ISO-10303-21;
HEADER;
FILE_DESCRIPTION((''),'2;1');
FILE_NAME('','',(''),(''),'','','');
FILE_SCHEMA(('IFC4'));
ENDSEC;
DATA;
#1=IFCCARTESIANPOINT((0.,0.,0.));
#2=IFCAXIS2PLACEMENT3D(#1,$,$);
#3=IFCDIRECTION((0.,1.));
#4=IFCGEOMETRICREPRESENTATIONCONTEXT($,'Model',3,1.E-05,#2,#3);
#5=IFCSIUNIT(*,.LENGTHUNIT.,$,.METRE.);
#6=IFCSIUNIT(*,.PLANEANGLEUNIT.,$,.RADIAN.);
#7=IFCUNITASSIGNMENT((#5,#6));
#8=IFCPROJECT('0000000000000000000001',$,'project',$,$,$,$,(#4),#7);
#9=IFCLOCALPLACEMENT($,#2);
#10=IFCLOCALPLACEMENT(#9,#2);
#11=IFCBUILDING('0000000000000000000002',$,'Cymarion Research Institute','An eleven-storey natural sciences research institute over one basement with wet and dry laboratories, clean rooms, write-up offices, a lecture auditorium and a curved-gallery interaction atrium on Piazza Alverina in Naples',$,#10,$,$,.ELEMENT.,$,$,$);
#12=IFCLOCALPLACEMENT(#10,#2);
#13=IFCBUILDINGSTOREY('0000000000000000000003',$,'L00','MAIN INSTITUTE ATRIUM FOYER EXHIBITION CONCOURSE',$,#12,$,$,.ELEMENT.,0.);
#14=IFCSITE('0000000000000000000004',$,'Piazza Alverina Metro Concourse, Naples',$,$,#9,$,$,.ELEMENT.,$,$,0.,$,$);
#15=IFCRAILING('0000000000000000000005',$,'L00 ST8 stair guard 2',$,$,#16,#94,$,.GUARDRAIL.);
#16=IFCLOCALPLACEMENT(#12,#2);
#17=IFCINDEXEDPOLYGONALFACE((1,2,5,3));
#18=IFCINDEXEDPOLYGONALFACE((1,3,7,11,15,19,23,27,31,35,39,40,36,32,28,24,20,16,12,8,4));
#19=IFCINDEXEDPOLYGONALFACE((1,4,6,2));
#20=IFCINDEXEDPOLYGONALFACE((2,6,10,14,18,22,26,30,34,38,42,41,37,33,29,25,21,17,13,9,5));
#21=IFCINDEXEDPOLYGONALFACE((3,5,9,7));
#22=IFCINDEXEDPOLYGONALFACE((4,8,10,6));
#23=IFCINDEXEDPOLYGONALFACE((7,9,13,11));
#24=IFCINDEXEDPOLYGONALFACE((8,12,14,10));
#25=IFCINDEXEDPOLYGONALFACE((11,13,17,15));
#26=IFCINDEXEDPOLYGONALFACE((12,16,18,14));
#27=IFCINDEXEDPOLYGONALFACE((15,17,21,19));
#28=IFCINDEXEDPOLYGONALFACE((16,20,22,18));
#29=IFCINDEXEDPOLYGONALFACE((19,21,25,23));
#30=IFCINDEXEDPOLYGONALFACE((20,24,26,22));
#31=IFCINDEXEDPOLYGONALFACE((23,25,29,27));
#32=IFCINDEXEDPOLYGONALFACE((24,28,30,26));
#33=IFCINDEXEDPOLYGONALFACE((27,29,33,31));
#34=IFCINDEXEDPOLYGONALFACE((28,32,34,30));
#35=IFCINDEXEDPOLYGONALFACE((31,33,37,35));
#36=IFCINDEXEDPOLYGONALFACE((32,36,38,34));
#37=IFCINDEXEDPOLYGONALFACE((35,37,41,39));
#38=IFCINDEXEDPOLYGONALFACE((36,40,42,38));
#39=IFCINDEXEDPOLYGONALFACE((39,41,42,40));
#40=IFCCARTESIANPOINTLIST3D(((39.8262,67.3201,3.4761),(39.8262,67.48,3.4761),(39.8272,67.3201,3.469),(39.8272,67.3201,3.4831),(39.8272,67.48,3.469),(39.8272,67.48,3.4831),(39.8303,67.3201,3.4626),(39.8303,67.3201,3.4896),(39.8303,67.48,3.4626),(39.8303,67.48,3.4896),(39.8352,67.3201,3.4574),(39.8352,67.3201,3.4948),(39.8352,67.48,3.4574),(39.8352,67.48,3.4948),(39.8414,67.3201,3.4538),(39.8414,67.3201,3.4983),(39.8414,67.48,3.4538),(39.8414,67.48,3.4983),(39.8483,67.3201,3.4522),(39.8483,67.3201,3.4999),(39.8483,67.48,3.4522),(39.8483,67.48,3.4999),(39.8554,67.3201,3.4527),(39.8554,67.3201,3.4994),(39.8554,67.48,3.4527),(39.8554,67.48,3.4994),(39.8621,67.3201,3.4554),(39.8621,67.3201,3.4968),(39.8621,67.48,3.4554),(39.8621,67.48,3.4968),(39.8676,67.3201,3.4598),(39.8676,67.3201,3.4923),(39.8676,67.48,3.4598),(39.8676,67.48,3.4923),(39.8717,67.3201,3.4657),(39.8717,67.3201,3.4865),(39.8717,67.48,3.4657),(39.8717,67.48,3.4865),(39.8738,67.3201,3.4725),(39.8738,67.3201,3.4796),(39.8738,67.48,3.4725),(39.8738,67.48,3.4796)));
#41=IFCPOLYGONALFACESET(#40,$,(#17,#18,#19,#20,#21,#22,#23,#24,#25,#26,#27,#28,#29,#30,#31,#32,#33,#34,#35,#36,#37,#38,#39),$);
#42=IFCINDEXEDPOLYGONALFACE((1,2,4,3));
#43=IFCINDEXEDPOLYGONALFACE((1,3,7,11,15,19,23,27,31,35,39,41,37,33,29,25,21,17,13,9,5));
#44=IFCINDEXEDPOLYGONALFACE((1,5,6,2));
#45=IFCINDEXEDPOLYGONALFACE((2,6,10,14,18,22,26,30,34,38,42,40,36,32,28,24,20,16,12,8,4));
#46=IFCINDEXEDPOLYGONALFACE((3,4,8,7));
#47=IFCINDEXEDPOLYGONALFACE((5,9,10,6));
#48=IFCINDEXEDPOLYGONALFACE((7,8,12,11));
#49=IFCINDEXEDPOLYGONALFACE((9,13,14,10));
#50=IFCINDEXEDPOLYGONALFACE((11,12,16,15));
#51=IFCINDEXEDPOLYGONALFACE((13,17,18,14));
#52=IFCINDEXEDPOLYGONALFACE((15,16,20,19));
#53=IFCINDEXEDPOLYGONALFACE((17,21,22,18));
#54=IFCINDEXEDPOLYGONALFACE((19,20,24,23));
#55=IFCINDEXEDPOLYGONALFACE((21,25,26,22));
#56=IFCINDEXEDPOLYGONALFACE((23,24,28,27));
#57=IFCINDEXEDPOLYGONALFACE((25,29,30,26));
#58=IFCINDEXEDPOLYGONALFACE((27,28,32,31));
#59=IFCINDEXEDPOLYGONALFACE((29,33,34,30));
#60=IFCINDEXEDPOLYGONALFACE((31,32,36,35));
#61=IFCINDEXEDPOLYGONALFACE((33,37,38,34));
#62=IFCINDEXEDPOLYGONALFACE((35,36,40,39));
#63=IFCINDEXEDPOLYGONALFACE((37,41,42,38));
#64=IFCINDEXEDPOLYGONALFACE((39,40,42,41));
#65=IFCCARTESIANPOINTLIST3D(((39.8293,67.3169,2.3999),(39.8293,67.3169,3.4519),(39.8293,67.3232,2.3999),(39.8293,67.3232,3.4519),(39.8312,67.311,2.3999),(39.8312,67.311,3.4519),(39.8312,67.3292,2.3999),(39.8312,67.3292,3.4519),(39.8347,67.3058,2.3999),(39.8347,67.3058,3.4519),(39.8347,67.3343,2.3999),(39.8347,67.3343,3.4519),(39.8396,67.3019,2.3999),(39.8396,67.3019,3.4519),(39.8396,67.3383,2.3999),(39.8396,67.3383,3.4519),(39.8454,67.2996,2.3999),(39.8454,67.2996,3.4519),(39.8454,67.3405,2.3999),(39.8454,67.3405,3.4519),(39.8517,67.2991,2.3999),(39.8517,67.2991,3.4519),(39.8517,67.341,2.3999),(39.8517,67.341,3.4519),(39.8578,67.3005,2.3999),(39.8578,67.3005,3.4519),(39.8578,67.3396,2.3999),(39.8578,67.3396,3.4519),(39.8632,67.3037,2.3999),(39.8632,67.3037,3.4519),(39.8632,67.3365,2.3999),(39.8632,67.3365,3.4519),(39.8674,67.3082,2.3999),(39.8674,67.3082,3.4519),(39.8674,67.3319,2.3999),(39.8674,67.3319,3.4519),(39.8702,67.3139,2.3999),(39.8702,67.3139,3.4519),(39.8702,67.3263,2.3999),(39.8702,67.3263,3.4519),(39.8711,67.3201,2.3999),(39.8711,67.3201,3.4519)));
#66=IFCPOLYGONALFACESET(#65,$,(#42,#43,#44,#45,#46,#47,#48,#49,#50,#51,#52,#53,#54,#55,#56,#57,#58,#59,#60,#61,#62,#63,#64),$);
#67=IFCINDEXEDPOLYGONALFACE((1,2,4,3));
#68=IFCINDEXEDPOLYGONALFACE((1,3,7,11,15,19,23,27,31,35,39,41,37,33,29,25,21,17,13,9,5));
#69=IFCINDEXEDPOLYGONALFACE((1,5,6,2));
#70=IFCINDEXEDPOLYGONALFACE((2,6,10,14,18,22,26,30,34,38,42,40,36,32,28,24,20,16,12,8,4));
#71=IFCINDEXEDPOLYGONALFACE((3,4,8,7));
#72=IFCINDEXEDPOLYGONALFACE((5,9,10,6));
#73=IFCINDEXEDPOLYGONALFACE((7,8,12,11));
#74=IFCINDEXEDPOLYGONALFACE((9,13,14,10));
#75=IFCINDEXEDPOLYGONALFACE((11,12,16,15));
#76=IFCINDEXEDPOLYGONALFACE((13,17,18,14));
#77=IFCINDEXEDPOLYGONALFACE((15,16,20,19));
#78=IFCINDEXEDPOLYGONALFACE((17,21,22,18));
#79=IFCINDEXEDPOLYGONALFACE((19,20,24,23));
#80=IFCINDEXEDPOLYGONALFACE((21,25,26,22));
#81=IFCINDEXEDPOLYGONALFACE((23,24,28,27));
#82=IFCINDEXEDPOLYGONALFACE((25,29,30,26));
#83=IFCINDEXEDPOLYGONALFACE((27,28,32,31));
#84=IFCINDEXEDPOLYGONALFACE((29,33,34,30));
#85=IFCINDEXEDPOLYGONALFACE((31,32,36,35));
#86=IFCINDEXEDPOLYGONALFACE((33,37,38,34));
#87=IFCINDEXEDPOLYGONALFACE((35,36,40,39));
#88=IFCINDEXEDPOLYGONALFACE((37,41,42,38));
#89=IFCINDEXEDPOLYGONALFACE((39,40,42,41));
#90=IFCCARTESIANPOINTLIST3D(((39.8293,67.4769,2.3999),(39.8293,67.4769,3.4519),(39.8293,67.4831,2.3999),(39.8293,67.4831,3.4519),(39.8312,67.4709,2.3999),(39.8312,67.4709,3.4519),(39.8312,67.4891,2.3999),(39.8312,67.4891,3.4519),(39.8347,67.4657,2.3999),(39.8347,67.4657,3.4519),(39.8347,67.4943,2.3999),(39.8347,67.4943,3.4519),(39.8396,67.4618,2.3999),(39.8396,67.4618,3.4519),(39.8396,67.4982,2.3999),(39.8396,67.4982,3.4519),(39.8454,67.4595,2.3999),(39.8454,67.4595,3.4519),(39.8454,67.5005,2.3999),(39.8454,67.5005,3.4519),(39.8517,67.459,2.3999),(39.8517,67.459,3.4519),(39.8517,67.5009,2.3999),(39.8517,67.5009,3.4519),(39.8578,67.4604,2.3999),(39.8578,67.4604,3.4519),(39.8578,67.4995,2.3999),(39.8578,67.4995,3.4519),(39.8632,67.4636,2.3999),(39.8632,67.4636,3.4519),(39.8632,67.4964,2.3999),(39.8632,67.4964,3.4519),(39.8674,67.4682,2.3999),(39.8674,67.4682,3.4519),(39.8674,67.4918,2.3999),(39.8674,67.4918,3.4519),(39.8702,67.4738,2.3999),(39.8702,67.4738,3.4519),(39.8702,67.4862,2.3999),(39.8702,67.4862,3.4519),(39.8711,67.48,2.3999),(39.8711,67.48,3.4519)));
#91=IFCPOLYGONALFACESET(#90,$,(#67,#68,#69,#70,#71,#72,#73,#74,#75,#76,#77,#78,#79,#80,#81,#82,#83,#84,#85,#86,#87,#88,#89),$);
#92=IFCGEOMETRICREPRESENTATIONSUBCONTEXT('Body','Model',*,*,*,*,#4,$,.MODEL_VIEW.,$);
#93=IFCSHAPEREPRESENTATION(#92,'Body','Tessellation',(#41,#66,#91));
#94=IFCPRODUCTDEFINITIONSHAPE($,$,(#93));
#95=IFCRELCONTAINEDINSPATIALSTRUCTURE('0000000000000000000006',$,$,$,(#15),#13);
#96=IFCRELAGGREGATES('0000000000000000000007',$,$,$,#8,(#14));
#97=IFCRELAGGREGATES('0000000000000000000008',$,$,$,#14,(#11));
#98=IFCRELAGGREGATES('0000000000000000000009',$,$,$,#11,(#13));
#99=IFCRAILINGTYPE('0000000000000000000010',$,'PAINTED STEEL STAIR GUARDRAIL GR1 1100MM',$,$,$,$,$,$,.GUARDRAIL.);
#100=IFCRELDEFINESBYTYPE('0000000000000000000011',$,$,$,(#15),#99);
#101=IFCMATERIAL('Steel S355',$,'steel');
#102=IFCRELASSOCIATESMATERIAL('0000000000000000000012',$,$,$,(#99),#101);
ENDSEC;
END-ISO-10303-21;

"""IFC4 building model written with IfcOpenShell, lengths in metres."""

from ifc_helpers import new_model, si_unit, direction, frame, origin, origin_2d, place, context, subcontext, project, spatial, circle, extrude, material, type_object, element, save


model = new_model("IFC4")

# Units and contexts
model_context = context("Model", 3, precision=1e-05, world=origin(), true_north=direction((0.0, 1.0)))
body_context = subcontext(model_context, "Body", "Model", "MODEL_VIEW")
ifc_project = project(units=[si_unit("LENGTHUNIT", "METRE"), si_unit("PLANEANGLEUNIT", "RADIAN")], contexts=[model_context])

# Site, building, storey
site_placement = place(None, origin())
site = spatial("IfcSite", under=ifc_project, at=site_placement, Name="Piazza Alverina Metro Concourse, Naples", CompositionType="ELEMENT", RefElevation=0.0)
building_placement = place(site_placement, origin())
building = spatial("IfcBuilding", under=site, at=building_placement, Name="Cymarion Research Institute", Description="An eleven-storey natural sciences research institute over one basement with wet and dry laboratories, clean rooms, write-up offices, a lecture auditorium and a curved-gallery interaction atrium on Piazza Alverina in Naples", CompositionType="ELEMENT")
storey_placement = place(building_placement, origin())
storey = spatial("IfcBuildingStorey", under=building, at=storey_placement, Name="L00", Description="MAIN INSTITUTE ATRIUM FOYER EXHIBITION CONCOURSE", CompositionType="ELEMENT", Elevation=0.0)

# Shared definitions
ifc_material_1 = material(Name="Steel S355", Category="steel")

# Railing
railing_type_1 = type_object("IfcRailingType", Name="PAINTED STEEL STAIR GUARDRAIL GR1 1100MM", PredefinedType="GUARDRAIL", material=ifc_material_1)
railing_1_placement = place(storey_placement, frame((39.8501, 67.3201, 2.3999)))
element("IfcRailing", 1, at=railing_1_placement, inside=storey, type_object=railing_type_1, Name="L00 ST8 stair guard 2", PredefinedType="GUARDRAIL", context=body_context, shape_type="SweptSolid", body=[
    extrude(circle(Radius=0.0239, at=origin_2d()), frame((0.0, 0.0, 1.0762), z_axis=(0.0, 1.0, 0.0), x_axis=(-1.0, 0.0, 0.0)), (0.0, 0.0, 1.0), 0.1599),
    extrude(circle(Radius=0.021, at=origin_2d()), origin(), (0.0, 0.0, 1.0), 1.052),
    extrude(circle(Radius=0.021, at=origin_2d()), frame((0.0, 0.1599, 0.0)), (0.0, 0.0, 1.0), 1.052),
])

save(model, "model.ifc")
